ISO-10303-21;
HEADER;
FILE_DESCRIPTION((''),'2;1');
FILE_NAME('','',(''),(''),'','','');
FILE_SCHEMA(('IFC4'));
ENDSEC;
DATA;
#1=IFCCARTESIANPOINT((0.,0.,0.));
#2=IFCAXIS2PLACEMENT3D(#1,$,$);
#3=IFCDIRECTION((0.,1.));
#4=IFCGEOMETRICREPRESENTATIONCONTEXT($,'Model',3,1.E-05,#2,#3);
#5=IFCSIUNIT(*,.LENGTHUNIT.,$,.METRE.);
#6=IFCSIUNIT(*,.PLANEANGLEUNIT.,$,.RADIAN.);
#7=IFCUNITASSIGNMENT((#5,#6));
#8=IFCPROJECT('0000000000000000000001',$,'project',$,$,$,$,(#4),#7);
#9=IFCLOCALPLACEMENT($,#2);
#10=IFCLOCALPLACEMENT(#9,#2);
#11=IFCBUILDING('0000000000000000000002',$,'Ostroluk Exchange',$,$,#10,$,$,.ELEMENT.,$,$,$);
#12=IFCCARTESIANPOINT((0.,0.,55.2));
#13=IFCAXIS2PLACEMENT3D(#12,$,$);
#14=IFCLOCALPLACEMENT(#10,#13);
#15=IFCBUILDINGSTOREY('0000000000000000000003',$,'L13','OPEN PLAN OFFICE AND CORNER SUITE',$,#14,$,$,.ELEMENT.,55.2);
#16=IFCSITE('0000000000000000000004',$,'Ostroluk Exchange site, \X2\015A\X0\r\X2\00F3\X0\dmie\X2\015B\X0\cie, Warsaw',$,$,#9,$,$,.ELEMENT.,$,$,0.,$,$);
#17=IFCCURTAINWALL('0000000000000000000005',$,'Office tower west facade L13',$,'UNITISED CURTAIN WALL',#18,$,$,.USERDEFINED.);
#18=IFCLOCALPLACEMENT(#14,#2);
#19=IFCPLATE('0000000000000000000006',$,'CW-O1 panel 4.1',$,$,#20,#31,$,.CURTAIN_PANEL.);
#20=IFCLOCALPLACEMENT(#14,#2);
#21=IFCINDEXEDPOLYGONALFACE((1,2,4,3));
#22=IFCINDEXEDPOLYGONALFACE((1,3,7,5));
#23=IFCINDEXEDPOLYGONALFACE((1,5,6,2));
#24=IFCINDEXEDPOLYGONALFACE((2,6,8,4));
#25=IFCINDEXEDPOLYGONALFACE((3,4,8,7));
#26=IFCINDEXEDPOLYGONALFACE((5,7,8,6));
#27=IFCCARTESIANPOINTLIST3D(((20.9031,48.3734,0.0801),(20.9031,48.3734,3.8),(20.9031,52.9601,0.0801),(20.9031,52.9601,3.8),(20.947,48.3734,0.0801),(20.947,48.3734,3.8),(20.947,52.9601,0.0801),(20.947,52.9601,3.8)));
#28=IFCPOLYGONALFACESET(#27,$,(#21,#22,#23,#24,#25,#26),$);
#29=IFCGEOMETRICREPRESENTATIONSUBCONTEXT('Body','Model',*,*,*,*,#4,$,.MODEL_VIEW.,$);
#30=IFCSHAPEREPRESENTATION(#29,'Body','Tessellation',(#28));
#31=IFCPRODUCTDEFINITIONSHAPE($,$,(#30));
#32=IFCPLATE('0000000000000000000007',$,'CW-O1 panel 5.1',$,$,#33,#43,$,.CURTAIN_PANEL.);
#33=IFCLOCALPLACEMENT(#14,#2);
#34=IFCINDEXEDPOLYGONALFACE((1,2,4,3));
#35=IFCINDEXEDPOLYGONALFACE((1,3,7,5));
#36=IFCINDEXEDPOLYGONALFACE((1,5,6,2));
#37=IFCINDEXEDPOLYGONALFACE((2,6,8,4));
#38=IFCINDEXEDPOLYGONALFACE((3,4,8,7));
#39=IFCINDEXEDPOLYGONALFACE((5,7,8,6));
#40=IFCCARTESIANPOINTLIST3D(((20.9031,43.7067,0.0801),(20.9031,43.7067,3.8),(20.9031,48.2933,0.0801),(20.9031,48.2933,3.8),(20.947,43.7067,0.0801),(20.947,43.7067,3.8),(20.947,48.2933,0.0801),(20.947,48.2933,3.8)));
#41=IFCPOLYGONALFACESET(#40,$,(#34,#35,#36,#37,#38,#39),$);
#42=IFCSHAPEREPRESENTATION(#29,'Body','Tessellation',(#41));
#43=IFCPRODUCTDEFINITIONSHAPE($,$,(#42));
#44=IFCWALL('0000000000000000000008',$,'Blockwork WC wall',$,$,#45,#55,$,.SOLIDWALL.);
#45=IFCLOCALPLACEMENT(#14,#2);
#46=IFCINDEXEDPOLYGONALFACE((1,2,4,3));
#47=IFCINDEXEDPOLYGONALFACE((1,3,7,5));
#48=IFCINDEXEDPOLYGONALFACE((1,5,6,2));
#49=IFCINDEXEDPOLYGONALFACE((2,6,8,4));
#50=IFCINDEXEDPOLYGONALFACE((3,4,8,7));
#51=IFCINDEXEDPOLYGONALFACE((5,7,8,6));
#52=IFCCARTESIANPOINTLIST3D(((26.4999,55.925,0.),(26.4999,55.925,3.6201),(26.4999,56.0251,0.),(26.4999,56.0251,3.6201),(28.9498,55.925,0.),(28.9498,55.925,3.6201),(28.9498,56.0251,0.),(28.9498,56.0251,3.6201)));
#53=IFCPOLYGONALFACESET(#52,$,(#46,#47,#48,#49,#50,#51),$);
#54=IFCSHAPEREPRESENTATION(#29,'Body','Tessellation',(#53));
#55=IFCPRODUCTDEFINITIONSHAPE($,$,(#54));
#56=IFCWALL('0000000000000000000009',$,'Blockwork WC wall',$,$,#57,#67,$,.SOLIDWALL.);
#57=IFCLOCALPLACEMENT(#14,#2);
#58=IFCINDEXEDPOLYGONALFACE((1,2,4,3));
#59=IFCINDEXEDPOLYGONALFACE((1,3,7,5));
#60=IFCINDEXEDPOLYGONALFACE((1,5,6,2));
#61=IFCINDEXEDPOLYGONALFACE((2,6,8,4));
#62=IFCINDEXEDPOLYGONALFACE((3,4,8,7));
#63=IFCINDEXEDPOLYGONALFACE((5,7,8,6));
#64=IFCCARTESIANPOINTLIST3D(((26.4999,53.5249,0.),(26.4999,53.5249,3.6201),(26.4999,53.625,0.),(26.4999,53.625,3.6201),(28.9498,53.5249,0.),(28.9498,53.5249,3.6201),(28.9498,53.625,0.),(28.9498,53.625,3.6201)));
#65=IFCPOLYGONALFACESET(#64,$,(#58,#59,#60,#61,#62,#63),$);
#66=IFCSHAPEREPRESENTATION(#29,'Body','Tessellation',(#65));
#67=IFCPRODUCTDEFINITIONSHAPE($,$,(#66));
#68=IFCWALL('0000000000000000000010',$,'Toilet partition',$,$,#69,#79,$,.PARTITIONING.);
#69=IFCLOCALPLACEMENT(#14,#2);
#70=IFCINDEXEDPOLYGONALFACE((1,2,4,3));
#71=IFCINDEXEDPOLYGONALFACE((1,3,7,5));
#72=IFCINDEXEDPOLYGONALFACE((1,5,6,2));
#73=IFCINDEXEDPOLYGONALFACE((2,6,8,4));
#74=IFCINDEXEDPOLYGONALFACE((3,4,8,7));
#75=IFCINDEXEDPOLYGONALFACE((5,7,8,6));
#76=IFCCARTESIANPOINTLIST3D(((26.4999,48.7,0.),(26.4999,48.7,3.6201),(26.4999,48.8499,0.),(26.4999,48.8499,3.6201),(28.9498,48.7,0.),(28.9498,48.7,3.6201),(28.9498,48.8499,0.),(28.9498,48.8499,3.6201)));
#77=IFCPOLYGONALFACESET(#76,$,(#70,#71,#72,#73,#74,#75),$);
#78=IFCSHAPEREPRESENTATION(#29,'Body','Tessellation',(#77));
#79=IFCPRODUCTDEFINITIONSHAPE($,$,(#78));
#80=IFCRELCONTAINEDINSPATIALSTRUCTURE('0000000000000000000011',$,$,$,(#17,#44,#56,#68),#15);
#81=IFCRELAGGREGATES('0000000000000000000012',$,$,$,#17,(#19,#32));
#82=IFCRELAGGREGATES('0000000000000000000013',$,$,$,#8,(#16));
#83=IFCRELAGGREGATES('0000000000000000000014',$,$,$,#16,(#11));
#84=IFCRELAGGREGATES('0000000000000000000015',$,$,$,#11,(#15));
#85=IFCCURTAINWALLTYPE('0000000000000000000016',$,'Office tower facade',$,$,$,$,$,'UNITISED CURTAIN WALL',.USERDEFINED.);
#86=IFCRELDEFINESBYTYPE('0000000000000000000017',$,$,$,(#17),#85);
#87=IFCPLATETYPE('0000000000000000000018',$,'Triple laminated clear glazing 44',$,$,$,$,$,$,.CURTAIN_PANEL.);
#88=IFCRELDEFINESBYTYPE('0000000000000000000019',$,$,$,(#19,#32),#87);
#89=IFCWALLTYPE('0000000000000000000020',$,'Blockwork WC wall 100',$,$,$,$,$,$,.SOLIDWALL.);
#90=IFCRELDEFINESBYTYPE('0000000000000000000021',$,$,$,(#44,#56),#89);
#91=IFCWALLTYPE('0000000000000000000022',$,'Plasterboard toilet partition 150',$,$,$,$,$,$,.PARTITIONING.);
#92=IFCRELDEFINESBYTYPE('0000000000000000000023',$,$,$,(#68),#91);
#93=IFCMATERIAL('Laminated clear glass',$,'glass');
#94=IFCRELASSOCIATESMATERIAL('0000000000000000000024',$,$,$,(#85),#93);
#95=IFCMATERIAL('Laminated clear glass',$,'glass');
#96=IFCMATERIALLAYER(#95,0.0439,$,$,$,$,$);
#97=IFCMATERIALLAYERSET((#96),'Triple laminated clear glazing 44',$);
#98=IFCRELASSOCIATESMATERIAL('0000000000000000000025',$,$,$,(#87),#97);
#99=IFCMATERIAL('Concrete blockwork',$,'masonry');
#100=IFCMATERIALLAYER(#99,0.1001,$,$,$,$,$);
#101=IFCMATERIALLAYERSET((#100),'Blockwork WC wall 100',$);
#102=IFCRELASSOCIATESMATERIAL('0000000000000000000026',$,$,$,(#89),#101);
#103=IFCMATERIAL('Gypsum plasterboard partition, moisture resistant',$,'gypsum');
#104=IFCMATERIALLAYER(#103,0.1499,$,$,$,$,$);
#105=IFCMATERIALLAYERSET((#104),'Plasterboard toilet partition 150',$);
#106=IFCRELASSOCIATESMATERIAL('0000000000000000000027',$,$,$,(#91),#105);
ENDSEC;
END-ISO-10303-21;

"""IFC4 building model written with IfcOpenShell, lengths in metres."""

from ifc_helpers import new_model, si_unit, direction, frame, frame_2d, origin, origin_2d, place, context, subcontext, project, spatial, rectangle, extrude, material, layer, layer_set, type_object, element, aggregate, save


model = new_model("IFC4")

# Units and contexts
model_context = context("Model", 3, precision=1e-05, world=origin(), true_north=direction((0.0, 1.0)))
body_context = subcontext(model_context, "Body", "Model", "MODEL_VIEW")
ifc_project = project(units=[si_unit("LENGTHUNIT", "METRE"), si_unit("PLANEANGLEUNIT", "RADIAN")], contexts=[model_context])

# Site, building, storey
site_placement = place(None, origin())
site = spatial("IfcSite", under=ifc_project, at=site_placement, Name="Ostroluk Exchange site, Śródmieście, Warsaw", CompositionType="ELEMENT", RefElevation=0.0)
building_placement = place(site_placement, origin())
building = spatial("IfcBuilding", under=site, at=building_placement, Name="Ostroluk Exchange", CompositionType="ELEMENT")
storey_placement = place(building_placement, frame((0.0, 0.0, 55.2)))
storey = spatial("IfcBuildingStorey", under=building, at=storey_placement, Name="L13", Description="OPEN PLAN OFFICE AND CORNER SUITE", CompositionType="ELEMENT", Elevation=55.2)

# Curtain wall, plates
ifc_material_1 = material(Name="Laminated clear glass", Category="glass")
curtain_wall_type = type_object("IfcCurtainWallType", Name="Office tower facade", ElementType="UNITISED CURTAIN WALL", PredefinedType="USERDEFINED", material=ifc_material_1)
curtain_wall_placement = place(storey_placement, origin())
curtain_wall = element("IfcCurtainWall", 1, at=curtain_wall_placement, inside=storey, type_object=curtain_wall_type, Name="Office tower west facade L13", ObjectType="UNITISED CURTAIN WALL", PredefinedType="USERDEFINED")
ifc_material_2 = material(Name="Laminated clear glass", Category="glass")
ifc_layer_1 = layer(ifc_material_2, 0.0439)
ifc_layer_set_1 = layer_set([ifc_layer_1], Name="Triple laminated clear glazing 44")
plate_type = type_object("IfcPlateType", Name="Triple laminated clear glazing 44", PredefinedType="CURTAIN_PANEL", material=ifc_layer_set_1)
plate_1_placement = place(storey_placement, frame((20.925, 50.6667, 0.0801), z_axis=(0.0, 0.0, 1.0), x_axis=(0.0, -1.0, 0.0)))
plate_1 = element("IfcPlate", 2, at=plate_1_placement, type_object=plate_type, Name="CW-O1 panel 4.1", PredefinedType="CURTAIN_PANEL", context=body_context, shape_type="SweptSolid", body=[
    extrude(rectangle(XDim=4.5867, YDim=0.0439, at=origin_2d()), origin(), (0.0, 0.0, 1.0), 3.72),
])
plate_2_placement = place(storey_placement, frame((20.925, 46.0, 0.0801), z_axis=(0.0, 0.0, 1.0), x_axis=(0.0, -1.0, 0.0)))
plate_2 = element("IfcPlate", 3, at=plate_2_placement, type_object=plate_type, Name="CW-O1 panel 5.1", PredefinedType="CURTAIN_PANEL", context=body_context, shape_type="SweptSolid", body=[
    extrude(rectangle(XDim=4.5867, YDim=0.0439, at=origin_2d()), origin(), (0.0, 0.0, 1.0), 3.72),
])
aggregate(curtain_wall, [plate_1, plate_2])

# Walls
ifc_material_3 = material(Name="Concrete blockwork", Category="masonry")
ifc_layer_2 = layer(ifc_material_3, 0.1001)
ifc_layer_set_2 = layer_set([ifc_layer_2], Name="Blockwork WC wall 100")
wall_type_1 = type_object("IfcWallType", Name="Blockwork WC wall 100", PredefinedType="SOLIDWALL", material=ifc_layer_set_2)
for number, where, z_axis, x_axis, name in (
    (4, (28.95, 55.9751, 0.0), (0.0, 0.0, 1.0), (-1.0, 0.0, 0.0), "Blockwork WC wall"),
    (5, (28.95, 53.575, 0.0), (0.0, 0.0, 1.0), (-1.0, 0.0, 0.0), "Blockwork WC wall"),
):
    element("IfcWall", number, at=place(storey_placement, frame(where, z_axis=z_axis, x_axis=x_axis)), inside=storey, type_object=wall_type_1, Name=name, PredefinedType="SOLIDWALL", context=body_context, shape_type="SweptSolid", body=[
        extrude(rectangle(XDim=2.45, YDim=0.1001, at=frame_2d((1.2251, 0.0))), origin(), (0.0, 0.0, 1.0), 3.6201),
    ])
ifc_material_4 = material(Name="Gypsum plasterboard partition, moisture resistant", Category="gypsum")
ifc_layer_3 = layer(ifc_material_4, 0.1499)
ifc_layer_set_3 = layer_set([ifc_layer_3], Name="Plasterboard toilet partition 150")
wall_type_2 = type_object("IfcWallType", Name="Plasterboard toilet partition 150", PredefinedType="PARTITIONING", material=ifc_layer_set_3)
wall_placement = place(storey_placement, frame((28.95, 48.7749, 0.0), z_axis=(0.0, 0.0, 1.0), x_axis=(-1.0, 0.0, 0.0)))
element("IfcWall", 6, at=wall_placement, inside=storey, type_object=wall_type_2, Name="Toilet partition", PredefinedType="PARTITIONING", context=body_context, shape_type="SweptSolid", body=[
    extrude(rectangle(XDim=2.45, YDim=0.1499, at=frame_2d((1.2251, 0.0))), origin(), (0.0, 0.0, 1.0), 3.6201),
])

save(model, "model.ifc")
